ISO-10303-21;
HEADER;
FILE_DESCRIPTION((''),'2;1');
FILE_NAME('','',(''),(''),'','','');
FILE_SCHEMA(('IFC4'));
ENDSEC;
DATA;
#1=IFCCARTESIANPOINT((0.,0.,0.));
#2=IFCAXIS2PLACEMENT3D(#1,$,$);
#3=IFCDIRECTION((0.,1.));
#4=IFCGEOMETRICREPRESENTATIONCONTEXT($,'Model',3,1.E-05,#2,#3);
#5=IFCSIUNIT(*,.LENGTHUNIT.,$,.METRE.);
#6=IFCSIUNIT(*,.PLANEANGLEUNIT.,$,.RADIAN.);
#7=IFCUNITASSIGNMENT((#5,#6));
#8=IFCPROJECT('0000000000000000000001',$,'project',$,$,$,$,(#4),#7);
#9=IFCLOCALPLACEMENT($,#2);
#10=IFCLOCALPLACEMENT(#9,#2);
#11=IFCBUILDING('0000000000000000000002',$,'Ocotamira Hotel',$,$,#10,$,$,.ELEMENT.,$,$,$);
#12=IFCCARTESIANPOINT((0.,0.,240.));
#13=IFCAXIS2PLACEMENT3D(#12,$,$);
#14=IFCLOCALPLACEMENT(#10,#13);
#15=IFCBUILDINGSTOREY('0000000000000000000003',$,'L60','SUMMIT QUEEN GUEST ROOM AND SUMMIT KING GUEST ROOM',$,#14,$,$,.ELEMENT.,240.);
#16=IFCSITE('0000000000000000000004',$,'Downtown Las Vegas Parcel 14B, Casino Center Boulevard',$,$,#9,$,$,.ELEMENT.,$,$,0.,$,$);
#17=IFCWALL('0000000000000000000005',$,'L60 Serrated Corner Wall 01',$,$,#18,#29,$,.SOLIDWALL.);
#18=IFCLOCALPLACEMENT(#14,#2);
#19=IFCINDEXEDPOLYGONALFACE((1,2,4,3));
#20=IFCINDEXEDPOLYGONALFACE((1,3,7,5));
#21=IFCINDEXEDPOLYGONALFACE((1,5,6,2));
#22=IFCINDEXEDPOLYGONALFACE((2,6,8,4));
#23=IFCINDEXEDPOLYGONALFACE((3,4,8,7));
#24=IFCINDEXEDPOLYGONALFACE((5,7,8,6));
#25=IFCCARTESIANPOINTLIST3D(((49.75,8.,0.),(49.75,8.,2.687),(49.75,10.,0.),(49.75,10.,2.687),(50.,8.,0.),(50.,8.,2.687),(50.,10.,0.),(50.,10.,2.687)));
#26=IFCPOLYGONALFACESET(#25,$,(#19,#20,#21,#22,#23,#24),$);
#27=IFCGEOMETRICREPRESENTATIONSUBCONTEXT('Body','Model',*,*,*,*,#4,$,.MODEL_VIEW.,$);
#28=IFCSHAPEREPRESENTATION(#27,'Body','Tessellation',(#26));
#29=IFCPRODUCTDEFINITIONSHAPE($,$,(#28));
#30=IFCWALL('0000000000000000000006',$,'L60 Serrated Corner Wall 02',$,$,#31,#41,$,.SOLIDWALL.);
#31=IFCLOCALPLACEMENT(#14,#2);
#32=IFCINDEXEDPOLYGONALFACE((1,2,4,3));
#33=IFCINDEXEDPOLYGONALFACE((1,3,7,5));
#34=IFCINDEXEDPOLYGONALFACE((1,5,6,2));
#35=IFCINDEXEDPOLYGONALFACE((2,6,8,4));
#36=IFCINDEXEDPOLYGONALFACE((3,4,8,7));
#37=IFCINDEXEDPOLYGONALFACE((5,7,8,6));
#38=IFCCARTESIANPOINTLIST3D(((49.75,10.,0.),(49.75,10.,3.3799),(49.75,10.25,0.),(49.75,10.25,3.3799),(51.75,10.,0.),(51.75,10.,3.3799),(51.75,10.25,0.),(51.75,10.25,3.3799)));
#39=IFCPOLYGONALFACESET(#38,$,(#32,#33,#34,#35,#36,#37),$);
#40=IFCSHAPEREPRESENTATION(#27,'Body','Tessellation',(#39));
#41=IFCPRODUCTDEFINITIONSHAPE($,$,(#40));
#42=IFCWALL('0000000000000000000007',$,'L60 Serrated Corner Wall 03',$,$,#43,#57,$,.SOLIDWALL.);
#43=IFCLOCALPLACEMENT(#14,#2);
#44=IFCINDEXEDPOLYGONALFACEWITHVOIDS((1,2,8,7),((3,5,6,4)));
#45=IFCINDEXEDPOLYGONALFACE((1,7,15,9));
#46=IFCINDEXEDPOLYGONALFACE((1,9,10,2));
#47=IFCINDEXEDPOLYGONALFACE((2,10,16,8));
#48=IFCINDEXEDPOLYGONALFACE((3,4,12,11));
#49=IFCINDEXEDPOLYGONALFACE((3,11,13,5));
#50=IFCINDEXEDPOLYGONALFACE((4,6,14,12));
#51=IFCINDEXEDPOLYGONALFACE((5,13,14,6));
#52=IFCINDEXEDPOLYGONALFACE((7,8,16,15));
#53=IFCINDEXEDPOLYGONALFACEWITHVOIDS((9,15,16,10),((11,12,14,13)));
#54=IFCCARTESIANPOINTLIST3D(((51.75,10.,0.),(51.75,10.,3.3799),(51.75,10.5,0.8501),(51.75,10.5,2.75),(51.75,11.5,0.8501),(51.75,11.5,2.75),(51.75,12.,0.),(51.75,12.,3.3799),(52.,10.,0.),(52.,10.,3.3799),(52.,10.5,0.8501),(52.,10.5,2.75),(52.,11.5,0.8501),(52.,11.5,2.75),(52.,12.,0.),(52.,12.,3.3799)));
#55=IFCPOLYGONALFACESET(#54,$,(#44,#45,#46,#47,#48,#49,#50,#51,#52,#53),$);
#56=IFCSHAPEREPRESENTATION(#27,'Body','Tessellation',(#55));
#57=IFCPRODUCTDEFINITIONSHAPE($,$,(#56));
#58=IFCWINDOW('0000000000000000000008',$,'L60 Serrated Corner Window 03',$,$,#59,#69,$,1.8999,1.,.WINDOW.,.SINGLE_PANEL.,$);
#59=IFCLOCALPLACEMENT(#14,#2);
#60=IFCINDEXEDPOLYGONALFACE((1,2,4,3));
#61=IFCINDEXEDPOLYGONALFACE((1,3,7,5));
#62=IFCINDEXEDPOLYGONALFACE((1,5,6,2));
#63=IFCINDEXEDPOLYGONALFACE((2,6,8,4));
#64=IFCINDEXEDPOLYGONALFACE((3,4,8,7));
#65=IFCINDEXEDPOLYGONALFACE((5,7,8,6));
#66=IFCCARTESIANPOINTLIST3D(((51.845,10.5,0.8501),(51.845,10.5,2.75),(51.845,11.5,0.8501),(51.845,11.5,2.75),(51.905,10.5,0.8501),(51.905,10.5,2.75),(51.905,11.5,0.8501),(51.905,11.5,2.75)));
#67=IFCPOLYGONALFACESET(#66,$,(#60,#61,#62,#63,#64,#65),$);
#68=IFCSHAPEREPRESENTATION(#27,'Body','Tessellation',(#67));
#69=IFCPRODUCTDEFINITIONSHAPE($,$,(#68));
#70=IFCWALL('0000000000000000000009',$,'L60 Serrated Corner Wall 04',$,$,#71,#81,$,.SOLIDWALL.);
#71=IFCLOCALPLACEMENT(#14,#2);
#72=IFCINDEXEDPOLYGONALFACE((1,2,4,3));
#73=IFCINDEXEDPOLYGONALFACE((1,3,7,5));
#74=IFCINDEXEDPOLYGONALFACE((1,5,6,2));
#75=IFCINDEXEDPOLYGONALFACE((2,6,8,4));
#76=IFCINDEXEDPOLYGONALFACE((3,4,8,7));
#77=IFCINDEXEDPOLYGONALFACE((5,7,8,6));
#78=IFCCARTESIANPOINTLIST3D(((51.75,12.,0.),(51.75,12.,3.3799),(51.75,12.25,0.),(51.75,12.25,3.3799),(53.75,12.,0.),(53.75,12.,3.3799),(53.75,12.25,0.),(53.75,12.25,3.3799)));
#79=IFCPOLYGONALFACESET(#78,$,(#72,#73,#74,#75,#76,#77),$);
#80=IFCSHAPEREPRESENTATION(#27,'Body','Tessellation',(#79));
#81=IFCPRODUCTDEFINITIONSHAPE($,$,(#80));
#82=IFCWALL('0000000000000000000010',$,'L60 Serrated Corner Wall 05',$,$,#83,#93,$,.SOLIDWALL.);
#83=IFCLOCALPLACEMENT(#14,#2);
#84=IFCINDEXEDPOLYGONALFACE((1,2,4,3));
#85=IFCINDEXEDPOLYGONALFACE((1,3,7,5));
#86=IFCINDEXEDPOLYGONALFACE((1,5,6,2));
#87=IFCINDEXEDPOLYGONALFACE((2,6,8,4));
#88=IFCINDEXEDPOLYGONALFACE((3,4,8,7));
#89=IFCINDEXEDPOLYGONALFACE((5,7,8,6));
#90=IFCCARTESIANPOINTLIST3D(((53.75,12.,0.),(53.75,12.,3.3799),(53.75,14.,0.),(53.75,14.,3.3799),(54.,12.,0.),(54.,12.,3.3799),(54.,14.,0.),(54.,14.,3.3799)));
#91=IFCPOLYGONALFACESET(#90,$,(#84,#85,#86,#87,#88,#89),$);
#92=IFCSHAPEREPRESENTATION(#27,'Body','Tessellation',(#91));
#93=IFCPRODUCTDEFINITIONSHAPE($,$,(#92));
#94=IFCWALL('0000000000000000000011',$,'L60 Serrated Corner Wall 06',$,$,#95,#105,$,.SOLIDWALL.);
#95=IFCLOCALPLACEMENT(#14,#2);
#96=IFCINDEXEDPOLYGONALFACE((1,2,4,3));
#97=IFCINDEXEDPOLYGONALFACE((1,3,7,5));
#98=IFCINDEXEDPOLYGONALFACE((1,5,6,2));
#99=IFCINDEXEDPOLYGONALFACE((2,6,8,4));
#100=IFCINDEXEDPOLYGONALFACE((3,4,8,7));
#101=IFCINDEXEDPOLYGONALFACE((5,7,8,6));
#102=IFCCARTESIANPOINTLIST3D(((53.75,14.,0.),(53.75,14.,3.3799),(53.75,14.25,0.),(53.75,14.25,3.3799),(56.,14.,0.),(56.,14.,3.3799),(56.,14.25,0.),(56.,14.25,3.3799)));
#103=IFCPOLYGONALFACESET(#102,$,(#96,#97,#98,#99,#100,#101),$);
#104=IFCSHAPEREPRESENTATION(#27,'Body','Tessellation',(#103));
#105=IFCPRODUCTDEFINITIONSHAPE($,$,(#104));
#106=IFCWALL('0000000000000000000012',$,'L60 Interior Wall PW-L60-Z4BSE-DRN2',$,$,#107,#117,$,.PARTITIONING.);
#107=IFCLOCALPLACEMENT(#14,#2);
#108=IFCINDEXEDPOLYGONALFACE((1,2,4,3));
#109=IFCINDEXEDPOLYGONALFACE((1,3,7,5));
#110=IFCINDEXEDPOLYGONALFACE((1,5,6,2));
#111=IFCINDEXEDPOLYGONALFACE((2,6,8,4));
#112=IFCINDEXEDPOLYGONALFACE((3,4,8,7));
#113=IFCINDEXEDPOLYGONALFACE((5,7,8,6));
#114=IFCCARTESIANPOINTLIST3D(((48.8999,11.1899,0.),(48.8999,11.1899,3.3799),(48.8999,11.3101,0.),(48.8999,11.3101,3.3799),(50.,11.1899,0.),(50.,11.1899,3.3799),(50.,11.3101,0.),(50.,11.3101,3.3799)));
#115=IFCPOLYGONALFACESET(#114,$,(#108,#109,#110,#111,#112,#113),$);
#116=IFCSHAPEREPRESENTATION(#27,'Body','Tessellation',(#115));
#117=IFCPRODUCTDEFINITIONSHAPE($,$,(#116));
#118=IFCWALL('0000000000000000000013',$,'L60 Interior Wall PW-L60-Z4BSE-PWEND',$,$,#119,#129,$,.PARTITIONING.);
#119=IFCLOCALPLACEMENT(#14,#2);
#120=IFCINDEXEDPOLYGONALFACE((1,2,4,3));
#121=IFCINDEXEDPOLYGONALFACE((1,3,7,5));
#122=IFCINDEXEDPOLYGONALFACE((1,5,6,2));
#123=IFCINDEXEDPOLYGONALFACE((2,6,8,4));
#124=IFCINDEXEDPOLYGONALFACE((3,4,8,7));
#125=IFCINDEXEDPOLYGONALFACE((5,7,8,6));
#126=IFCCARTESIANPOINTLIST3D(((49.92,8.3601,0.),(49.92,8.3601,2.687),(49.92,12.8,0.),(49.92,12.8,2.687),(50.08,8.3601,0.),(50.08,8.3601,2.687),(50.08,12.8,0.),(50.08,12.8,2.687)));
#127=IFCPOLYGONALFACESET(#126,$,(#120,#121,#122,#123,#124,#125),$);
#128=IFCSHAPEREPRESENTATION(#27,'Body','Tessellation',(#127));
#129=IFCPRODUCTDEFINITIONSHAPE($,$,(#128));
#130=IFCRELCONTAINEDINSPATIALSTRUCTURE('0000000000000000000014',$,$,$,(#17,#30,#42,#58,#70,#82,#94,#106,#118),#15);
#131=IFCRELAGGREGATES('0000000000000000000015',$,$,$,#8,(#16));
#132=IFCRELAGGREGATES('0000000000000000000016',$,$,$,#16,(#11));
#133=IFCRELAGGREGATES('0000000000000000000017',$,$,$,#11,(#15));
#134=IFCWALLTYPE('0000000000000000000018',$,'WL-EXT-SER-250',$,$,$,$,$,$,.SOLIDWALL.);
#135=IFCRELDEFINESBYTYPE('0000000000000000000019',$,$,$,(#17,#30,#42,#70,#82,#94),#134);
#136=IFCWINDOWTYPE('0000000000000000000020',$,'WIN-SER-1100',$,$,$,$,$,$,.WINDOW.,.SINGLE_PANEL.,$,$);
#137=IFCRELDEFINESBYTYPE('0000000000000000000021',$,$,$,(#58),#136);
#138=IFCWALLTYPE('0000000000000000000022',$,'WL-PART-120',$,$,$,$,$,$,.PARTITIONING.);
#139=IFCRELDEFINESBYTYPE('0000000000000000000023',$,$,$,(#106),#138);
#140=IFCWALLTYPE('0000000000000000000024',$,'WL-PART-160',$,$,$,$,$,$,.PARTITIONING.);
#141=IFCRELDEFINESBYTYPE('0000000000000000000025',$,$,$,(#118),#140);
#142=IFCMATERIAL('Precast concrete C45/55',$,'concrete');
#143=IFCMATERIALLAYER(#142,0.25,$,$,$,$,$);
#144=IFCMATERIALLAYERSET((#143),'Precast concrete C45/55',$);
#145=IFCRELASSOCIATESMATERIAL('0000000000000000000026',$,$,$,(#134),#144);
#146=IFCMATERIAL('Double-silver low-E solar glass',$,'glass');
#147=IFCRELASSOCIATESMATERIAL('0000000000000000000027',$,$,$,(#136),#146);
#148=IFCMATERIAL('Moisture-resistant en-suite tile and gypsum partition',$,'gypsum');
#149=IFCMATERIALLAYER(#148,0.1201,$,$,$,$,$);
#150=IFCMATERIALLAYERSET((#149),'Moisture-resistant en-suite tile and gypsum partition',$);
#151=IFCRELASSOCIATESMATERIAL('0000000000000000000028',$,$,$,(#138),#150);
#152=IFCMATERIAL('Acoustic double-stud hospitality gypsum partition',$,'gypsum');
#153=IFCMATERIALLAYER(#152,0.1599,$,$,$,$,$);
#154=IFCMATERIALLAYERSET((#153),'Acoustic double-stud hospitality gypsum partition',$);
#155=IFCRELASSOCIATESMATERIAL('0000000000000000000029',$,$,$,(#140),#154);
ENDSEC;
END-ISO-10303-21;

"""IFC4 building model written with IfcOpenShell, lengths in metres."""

from ifc_helpers import new_model, si_unit, direction, frame, frame_2d, origin, place, context, subcontext, project, spatial, rectangle, extrude, source, transform, mapped, material, layer, layer_set, type_object, element, fill, save


model = new_model("IFC4")

# Units and contexts
model_context = context("Model", 3, precision=1e-05, world=origin(), true_north=direction((0.0, 1.0)))
body_context = subcontext(model_context, "Body", "Model", "MODEL_VIEW")
ifc_project = project(units=[si_unit("LENGTHUNIT", "METRE"), si_unit("PLANEANGLEUNIT", "RADIAN")], contexts=[model_context])

# Site, building, storey
site_placement = place(None, origin())
site = spatial("IfcSite", under=ifc_project, at=site_placement, Name="Downtown Las Vegas Parcel 14B, Casino Center Boulevard", CompositionType="ELEMENT", RefElevation=0.0)
building_placement = place(site_placement, origin())
building = spatial("IfcBuilding", under=site, at=building_placement, Name="Ocotamira Hotel", CompositionType="ELEMENT")
storey_placement = place(building_placement, frame((0.0, 0.0, 240.0)))
storey = spatial("IfcBuildingStorey", under=building, at=storey_placement, Name="L60", Description="SUMMIT QUEEN GUEST ROOM AND SUMMIT KING GUEST ROOM", CompositionType="ELEMENT", Elevation=240.0)

# Walls
ifc_material_1 = material(Name="Precast concrete C45/55", Category="concrete")
ifc_layer_1 = layer(ifc_material_1, 0.25)
ifc_layer_set_1 = layer_set([ifc_layer_1], Name="Precast concrete C45/55")
wall_type_1 = type_object("IfcWallType", Name="WL-EXT-SER-250", PredefinedType="SOLIDWALL", material=ifc_layer_set_1)
wall_1_placement = place(storey_placement, frame((49.875, 8.0, 0.0), z_axis=(0.0, 0.0, 1.0), x_axis=(0.0, 1.0, 0.0)))
element("IfcWall", 1, at=wall_1_placement, inside=storey, type_object=wall_type_1, Name="L60 Serrated Corner Wall 01", PredefinedType="SOLIDWALL", context=body_context, shape_type="SweptSolid", body=[
    extrude(rectangle(XDim=2.0, YDim=0.25, at=frame_2d((1.0, 0.0))), origin(), (0.0, 0.0, 1.0), 2.687),
])
wall_2_placement = place(storey_placement, frame((49.75, 10.125, 0.0), z_axis=(0.0, 0.0, 1.0), x_axis=(1.0, 0.0, 0.0)))
element("IfcWall", 2, at=wall_2_placement, inside=storey, type_object=wall_type_1, Name="L60 Serrated Corner Wall 02", PredefinedType="SOLIDWALL", context=body_context, shape_type="SweptSolid", body=[
    extrude(rectangle(XDim=2.0, YDim=0.25, at=frame_2d((1.0, 0.0))), origin(), (0.0, 0.0, 1.0), 3.3799),
])

# Wall, opening, window
wall_3_placement = place(storey_placement, frame((51.875, 10.0, 0.0), z_axis=(0.0, 0.0, 1.0), x_axis=(0.0, 1.0, 0.0)))
wall_3 = element("IfcWall", 3, at=wall_3_placement, inside=storey, type_object=wall_type_1, Name="L60 Serrated Corner Wall 03", PredefinedType="SOLIDWALL", context=body_context, shape_type="SweptSolid", body=[
    extrude(rectangle(XDim=2.0, YDim=0.25, at=frame_2d((1.0, 0.0))), origin(), (0.0, 0.0, 1.0), 3.3799),
])
opening_1_placement = place(wall_3_placement, frame((0.5, 0.0, 0.8501)))
opening_1 = element("IfcOpeningElement", 4, at=opening_1_placement, cuts=wall_3, PredefinedType="OPENING", context=body_context, shape_type="SweptSolid", body=[
    extrude(rectangle(XDim=1.0, YDim=1.8999, at=frame_2d((0.5, 0.95))), frame((0.0, 0.135, 0.0), z_axis=(0.0, -1.0, 0.0), x_axis=(1.0, 0.0, 0.0)), (0.0, 0.0, 1.0), 0.27),
])
ifc_material_2 = material(Name="Double-silver low-E solar glass", Category="glass")
window_type = type_object("IfcWindowType", Name="WIN-SER-1100", PartitioningType="SINGLE_PANEL", PredefinedType="WINDOW", material=ifc_material_2)
shared_shape_1 = source(origin(), body_context, "Body", "SweptSolid", [
    extrude(rectangle(XDim=1.0, YDim=1.8999, at=frame_2d((0.5, 0.95))), frame((0.0, 0.03, 0.0), z_axis=(0.0, -1.0, 0.0), x_axis=(1.0, 0.0, 0.0)), (0.0, 0.0, 1.0), 0.0601),
])
window_placement = place(opening_1_placement, origin())
window = element("IfcWindow", 5, at=window_placement, inside=storey, type_object=window_type, Name="L60 Serrated Corner Window 03", OverallHeight=1.8999, OverallWidth=1.0, PartitioningType="SINGLE_PANEL", PredefinedType="WINDOW", context=body_context, shape_type="MappedRepresentation", body=[
    mapped(shared_shape_1, transform((0.0, 0.0, 0.0), scale=1.0)),
])
fill(opening_1, window)

# Walls
for number, where, z_axis, x_axis, name in (
    (6, (51.75, 12.125, 0.0), (0.0, 0.0, 1.0), (1.0, 0.0, 0.0), "L60 Serrated Corner Wall 04"),
    (7, (53.875, 12.0, 0.0), (0.0, 0.0, 1.0), (0.0, 1.0, 0.0), "L60 Serrated Corner Wall 05"),
):
    element("IfcWall", number, at=place(storey_placement, frame(where, z_axis=z_axis, x_axis=x_axis)), inside=storey, type_object=wall_type_1, Name=name, PredefinedType="SOLIDWALL", context=body_context, shape_type="SweptSolid", body=[
        extrude(rectangle(XDim=2.0, YDim=0.25, at=frame_2d((1.0, 0.0))), origin(), (0.0, 0.0, 1.0), 3.3799),
    ])
wall_4_placement = place(storey_placement, frame((53.75, 14.125, 0.0), z_axis=(0.0, 0.0, 1.0), x_axis=(1.0, 0.0, 0.0)))
element("IfcWall", 8, at=wall_4_placement, inside=storey, type_object=wall_type_1, Name="L60 Serrated Corner Wall 06", PredefinedType="SOLIDWALL", context=body_context, shape_type="SweptSolid", body=[
    extrude(rectangle(XDim=2.25, YDim=0.25, at=frame_2d((1.125, 0.0))), origin(), (0.0, 0.0, 1.0), 3.3799),
])

# Walls
ifc_material_3 = material(Name="Moisture-resistant en-suite tile and gypsum partition", Category="gypsum")
ifc_layer_2 = layer(ifc_material_3, 0.1201)
ifc_layer_set_2 = layer_set([ifc_layer_2], Name="Moisture-resistant en-suite tile and gypsum partition")
wall_type_2 = type_object("IfcWallType", Name="WL-PART-120", PredefinedType="PARTITIONING", material=ifc_layer_set_2)
wall_5_placement = place(storey_placement, frame((48.8999, 11.25, 0.0), z_axis=(0.0, 0.0, 1.0), x_axis=(1.0, 0.0, 0.0)))
element("IfcWall", 9, at=wall_5_placement, inside=storey, type_object=wall_type_2, Name="L60 Interior Wall PW-L60-Z4BSE-DRN2", PredefinedType="PARTITIONING", context=body_context, shape_type="SweptSolid", body=[
    extrude(rectangle(XDim=1.1001, YDim=0.1201, at=frame_2d((0.55, 0.0))), origin(), (0.0, 0.0, 1.0), 3.3799),
])
ifc_material_4 = material(Name="Acoustic double-stud hospitality gypsum partition", Category="gypsum")
ifc_layer_3 = layer(ifc_material_4, 0.1599)
ifc_layer_set_3 = layer_set([ifc_layer_3], Name="Acoustic double-stud hospitality gypsum partition")
wall_type_3 = type_object("IfcWallType", Name="WL-PART-160", PredefinedType="PARTITIONING", material=ifc_layer_set_3)
wall_6_placement = place(storey_placement, frame((50.0, 8.3601, 0.0), z_axis=(0.0, 0.0, 1.0), x_axis=(0.0, 1.0, 0.0)))
element("IfcWall", 10, at=wall_6_placement, inside=storey, type_object=wall_type_3, Name="L60 Interior Wall PW-L60-Z4BSE-PWEND", PredefinedType="PARTITIONING", context=body_context, shape_type="SweptSolid", body=[
    extrude(rectangle(XDim=4.4399, YDim=0.1599, at=frame_2d((2.22, 0.0))), origin(), (0.0, 0.0, 1.0), 2.687),
])

save(model, "model.ifc")
